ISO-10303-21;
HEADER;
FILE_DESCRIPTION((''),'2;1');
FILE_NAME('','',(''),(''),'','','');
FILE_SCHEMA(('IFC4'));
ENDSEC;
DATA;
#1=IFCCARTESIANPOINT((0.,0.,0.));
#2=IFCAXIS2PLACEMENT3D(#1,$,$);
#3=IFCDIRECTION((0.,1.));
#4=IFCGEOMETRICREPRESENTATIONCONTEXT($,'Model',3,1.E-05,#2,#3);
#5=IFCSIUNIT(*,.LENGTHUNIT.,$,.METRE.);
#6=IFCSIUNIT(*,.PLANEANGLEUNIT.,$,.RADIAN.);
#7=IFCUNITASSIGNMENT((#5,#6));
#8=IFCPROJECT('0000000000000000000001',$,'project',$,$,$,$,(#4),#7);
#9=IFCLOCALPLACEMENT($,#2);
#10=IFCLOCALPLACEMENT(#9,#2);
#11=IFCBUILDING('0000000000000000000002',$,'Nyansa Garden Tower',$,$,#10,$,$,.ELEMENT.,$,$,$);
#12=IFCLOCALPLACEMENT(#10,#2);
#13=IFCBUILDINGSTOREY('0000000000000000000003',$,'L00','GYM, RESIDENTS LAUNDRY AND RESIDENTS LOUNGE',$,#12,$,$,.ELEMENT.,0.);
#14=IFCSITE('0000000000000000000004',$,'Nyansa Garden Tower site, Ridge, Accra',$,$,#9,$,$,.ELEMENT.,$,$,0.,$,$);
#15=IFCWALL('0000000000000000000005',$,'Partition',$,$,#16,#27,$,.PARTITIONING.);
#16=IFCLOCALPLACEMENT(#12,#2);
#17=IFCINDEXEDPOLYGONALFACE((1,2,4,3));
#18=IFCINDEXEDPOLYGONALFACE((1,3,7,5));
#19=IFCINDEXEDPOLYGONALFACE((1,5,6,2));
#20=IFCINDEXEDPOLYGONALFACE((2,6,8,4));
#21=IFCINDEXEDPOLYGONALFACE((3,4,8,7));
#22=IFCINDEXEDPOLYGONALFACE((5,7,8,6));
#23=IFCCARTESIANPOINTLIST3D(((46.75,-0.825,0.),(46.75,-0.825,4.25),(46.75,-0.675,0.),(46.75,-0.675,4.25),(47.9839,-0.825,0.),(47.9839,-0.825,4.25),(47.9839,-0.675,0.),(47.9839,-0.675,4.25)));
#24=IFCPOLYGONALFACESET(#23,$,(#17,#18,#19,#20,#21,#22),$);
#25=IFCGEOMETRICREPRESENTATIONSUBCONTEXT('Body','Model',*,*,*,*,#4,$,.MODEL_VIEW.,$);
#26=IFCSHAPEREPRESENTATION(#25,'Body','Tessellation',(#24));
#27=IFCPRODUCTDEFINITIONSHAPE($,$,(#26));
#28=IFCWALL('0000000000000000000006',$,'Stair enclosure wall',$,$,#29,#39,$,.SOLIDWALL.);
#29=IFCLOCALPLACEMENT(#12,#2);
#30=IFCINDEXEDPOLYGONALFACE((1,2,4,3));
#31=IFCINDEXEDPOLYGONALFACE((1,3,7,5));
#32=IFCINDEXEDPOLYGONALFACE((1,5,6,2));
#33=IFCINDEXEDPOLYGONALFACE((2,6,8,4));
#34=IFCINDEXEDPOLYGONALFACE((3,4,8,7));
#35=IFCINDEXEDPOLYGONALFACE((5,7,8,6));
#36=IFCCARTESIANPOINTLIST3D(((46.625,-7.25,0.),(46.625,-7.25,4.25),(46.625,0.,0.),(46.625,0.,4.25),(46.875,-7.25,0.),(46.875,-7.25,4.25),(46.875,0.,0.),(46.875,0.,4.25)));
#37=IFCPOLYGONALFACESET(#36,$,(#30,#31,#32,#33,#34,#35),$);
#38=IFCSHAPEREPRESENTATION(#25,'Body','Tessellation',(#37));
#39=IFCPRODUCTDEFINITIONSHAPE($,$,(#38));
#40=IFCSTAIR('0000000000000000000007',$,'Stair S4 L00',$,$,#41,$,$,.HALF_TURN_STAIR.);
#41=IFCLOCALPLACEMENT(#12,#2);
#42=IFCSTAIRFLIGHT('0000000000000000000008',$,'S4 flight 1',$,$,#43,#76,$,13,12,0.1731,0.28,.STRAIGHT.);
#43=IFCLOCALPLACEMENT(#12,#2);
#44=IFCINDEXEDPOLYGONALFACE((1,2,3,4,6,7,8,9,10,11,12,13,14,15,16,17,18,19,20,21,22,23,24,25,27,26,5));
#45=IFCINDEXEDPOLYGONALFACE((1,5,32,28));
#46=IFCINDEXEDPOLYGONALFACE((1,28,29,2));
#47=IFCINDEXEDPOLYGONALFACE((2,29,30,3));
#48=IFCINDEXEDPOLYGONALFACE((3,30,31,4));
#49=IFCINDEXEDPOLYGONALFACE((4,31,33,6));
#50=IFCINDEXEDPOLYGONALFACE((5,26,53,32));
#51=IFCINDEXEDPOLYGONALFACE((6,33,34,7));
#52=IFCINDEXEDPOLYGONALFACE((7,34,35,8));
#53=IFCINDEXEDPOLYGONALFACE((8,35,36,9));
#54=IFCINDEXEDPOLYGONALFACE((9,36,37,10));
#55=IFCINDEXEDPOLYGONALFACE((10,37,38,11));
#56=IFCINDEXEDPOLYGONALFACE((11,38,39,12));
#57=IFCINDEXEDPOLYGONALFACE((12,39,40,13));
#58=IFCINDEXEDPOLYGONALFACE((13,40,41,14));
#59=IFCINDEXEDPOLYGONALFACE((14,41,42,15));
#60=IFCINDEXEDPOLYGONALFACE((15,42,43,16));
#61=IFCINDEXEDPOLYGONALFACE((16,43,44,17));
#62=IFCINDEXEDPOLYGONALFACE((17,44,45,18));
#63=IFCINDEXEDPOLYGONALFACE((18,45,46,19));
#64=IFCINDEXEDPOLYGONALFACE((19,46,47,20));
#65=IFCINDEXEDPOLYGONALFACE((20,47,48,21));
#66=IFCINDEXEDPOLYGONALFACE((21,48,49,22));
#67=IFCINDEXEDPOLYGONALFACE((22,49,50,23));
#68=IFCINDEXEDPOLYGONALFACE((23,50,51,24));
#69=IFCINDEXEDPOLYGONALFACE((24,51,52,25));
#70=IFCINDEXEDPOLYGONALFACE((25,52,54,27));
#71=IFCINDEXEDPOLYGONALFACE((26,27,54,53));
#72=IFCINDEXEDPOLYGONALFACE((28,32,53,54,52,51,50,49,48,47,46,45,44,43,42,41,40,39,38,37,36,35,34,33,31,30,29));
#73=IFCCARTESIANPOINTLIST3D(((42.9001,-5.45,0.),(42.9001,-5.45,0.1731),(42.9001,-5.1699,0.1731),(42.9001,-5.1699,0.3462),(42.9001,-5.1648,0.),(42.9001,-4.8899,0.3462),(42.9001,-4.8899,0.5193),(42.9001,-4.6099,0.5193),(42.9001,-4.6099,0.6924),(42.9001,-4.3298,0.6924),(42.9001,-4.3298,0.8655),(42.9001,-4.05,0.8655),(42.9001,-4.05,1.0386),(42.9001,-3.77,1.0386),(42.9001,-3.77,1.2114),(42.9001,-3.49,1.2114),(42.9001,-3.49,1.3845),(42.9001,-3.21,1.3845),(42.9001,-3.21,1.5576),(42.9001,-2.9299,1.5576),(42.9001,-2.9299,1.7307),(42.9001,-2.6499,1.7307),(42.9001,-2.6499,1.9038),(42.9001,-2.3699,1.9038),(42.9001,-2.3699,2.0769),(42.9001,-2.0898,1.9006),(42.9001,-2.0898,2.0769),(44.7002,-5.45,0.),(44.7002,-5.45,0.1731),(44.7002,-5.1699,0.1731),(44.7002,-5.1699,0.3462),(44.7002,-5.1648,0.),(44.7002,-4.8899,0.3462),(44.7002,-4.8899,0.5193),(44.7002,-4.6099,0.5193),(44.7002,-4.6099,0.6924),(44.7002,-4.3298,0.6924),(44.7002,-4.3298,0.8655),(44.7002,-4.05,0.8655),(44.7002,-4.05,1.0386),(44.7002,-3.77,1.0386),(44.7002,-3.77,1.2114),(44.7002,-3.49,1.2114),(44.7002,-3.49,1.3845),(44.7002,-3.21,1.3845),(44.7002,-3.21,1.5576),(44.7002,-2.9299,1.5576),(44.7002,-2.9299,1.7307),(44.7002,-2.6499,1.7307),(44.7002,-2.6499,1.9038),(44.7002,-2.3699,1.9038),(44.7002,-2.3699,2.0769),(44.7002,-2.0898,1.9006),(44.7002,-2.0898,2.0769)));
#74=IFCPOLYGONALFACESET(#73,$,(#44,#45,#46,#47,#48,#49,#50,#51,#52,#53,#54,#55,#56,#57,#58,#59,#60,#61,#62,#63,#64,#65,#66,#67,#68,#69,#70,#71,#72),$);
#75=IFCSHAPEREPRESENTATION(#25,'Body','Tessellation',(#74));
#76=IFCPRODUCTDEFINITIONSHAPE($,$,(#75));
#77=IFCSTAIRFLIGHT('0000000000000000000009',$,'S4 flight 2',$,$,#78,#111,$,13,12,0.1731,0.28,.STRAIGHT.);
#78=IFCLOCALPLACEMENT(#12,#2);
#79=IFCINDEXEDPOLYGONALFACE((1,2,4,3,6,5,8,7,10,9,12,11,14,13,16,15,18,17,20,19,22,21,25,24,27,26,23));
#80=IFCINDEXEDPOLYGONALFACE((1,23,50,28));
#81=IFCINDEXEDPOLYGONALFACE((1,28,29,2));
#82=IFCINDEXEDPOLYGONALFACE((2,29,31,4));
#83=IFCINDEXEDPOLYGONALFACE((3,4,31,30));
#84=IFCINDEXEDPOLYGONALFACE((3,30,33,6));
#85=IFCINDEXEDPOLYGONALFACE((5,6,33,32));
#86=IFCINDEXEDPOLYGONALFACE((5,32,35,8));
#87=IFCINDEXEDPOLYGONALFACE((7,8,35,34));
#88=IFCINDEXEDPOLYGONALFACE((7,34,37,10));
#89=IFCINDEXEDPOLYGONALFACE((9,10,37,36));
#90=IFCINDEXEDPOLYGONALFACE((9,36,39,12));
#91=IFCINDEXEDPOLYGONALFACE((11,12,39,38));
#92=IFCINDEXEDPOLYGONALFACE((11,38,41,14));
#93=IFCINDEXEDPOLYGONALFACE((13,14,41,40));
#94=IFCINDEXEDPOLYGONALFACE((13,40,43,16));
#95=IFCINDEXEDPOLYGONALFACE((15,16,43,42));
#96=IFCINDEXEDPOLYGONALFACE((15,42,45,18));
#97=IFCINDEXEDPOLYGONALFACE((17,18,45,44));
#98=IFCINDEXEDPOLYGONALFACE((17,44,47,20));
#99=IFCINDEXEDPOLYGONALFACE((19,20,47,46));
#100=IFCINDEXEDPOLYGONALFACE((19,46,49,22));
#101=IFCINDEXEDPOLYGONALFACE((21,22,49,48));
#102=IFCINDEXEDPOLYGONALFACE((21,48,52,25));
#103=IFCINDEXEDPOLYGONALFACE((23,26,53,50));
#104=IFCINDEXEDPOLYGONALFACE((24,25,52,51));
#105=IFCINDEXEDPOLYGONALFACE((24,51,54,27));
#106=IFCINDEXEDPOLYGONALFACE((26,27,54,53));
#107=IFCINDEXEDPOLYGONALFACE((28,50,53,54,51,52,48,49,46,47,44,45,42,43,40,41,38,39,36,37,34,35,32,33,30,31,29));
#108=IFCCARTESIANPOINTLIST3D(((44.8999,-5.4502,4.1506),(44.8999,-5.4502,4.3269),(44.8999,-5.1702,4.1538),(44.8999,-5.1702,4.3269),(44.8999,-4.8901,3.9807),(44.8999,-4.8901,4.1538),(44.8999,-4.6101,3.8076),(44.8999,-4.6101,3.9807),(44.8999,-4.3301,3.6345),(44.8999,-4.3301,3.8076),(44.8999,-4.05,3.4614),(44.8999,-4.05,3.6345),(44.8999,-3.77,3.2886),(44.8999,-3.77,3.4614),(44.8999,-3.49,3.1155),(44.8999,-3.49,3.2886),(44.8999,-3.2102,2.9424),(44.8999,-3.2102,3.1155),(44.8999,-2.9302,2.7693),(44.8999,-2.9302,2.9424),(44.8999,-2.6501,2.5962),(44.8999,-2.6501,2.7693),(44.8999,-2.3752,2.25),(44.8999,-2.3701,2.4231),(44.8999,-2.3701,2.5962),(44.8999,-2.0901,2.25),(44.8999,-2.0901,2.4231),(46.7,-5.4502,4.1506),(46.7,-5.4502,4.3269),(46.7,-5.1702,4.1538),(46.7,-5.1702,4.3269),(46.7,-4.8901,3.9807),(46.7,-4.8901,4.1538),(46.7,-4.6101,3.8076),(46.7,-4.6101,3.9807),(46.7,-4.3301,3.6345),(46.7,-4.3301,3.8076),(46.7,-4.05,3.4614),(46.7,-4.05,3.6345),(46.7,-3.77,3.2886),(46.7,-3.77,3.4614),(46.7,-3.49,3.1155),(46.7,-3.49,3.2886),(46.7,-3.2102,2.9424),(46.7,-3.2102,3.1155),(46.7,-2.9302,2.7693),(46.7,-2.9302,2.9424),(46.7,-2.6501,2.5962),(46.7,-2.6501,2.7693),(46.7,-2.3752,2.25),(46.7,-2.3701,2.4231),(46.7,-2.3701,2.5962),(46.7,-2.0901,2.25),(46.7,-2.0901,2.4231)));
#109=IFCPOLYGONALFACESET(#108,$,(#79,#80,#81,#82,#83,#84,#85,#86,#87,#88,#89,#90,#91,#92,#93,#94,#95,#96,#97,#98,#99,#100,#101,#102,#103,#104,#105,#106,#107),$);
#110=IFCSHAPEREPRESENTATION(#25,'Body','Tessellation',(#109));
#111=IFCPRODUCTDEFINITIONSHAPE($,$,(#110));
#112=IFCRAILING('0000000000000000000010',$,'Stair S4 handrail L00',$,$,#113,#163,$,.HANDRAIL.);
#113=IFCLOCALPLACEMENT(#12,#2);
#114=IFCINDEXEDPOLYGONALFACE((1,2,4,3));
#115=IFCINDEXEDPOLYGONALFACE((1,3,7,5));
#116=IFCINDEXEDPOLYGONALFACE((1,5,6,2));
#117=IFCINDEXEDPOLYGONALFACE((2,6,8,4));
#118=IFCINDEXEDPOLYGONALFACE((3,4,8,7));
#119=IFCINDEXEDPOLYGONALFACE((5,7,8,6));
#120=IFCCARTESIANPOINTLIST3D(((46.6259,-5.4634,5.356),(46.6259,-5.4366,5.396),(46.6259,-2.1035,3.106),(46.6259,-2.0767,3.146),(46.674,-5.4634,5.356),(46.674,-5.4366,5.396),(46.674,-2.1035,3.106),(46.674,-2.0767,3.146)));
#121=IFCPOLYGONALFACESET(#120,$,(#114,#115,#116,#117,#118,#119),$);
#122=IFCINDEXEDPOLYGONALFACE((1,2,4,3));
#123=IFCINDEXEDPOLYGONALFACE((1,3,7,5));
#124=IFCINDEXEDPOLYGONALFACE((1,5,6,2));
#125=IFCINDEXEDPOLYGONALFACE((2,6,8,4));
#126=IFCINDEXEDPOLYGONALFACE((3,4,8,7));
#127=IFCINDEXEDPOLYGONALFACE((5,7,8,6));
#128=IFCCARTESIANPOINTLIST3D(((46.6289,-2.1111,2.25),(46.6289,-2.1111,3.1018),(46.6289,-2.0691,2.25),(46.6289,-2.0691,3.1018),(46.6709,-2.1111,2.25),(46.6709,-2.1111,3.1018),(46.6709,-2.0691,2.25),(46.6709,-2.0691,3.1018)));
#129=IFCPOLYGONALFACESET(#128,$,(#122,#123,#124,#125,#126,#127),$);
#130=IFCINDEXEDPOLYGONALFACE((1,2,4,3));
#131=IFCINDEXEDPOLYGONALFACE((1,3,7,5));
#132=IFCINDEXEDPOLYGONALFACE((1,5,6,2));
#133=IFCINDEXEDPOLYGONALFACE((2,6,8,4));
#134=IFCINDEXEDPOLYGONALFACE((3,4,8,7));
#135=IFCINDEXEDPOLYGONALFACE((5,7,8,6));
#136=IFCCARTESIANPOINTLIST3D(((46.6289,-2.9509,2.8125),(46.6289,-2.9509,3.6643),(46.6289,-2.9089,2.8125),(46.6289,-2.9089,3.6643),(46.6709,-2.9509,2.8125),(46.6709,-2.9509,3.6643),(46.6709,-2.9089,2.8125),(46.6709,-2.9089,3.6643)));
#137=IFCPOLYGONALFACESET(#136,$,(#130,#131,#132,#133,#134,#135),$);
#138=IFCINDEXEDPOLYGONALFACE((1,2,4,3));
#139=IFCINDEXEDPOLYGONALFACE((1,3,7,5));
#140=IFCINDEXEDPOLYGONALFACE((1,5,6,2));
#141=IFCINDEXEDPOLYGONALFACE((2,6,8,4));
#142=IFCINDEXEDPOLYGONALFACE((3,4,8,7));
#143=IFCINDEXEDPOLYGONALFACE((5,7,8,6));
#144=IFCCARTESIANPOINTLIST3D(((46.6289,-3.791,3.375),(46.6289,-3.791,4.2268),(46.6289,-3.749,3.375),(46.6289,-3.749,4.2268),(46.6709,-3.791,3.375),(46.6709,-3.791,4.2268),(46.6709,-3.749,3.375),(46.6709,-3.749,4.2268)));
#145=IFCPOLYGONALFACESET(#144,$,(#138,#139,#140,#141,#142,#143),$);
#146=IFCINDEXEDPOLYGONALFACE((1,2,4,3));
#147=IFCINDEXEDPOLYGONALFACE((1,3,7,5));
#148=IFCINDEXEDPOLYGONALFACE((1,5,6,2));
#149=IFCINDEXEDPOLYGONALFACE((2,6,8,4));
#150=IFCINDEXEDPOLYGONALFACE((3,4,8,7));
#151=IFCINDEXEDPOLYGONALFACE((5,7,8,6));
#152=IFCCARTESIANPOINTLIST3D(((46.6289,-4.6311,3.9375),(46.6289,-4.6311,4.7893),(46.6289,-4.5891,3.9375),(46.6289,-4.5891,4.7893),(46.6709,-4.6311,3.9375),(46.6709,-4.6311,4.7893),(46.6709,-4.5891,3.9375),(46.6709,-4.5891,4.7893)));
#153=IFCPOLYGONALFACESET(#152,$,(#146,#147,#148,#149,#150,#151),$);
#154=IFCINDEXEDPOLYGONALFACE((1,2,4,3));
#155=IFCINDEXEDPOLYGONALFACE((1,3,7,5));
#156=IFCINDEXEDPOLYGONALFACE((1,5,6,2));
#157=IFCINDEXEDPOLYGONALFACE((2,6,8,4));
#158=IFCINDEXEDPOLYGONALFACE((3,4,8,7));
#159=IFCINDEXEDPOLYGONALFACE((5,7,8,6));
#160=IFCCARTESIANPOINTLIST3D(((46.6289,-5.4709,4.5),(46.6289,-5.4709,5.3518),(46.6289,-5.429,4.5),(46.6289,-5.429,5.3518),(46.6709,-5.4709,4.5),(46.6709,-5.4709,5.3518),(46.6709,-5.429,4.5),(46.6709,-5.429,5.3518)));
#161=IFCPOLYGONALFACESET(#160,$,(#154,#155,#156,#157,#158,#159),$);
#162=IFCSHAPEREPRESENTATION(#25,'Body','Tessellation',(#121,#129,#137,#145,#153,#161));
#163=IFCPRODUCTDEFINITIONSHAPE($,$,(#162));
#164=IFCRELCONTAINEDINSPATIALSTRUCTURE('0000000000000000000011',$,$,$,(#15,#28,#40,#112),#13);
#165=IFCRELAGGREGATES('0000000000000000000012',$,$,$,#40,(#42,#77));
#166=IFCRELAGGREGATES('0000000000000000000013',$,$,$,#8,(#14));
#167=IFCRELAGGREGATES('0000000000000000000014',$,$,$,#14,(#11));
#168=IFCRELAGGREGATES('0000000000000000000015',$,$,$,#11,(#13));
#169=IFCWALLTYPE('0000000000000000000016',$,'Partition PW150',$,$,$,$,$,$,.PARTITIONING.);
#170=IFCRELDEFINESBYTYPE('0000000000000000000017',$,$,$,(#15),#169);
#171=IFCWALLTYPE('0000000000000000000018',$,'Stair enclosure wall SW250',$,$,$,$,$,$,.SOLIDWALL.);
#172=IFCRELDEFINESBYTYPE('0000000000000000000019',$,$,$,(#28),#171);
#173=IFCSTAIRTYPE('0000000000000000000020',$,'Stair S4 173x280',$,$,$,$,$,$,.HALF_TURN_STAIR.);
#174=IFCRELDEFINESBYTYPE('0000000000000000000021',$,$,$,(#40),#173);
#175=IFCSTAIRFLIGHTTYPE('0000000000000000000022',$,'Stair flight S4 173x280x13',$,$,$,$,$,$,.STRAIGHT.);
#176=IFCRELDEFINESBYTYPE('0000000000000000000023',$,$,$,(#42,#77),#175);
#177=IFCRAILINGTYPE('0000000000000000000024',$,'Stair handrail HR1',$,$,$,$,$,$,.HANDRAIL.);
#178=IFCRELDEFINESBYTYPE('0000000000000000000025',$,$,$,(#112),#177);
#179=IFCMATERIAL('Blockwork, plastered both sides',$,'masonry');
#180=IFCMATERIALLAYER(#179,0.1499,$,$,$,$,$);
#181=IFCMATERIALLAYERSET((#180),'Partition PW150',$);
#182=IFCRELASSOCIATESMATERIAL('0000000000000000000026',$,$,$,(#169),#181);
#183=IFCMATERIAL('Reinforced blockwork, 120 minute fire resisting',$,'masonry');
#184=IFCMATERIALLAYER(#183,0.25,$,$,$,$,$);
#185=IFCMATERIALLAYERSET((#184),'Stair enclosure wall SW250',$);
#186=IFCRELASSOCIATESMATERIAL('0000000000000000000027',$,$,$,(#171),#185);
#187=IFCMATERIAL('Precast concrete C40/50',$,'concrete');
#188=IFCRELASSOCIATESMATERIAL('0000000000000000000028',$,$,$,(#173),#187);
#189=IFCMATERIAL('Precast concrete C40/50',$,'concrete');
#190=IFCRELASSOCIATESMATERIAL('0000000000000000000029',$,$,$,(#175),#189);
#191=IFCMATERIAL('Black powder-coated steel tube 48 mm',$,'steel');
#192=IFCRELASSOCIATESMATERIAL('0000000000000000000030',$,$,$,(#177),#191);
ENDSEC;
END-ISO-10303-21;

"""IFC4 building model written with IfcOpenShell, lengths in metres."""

from ifc_helpers import new_model, si_unit, direction, frame, frame_2d, origin, origin_2d, place, context, subcontext, project, spatial, polyline, rectangle, outline, extrude, material, layer, layer_set, type_object, element, aggregate, save


model = new_model("IFC4")

# Units and contexts
model_context = context("Model", 3, precision=1e-05, world=origin(), true_north=direction((0.0, 1.0)))
body_context = subcontext(model_context, "Body", "Model", "MODEL_VIEW")
ifc_project = project(units=[si_unit("LENGTHUNIT", "METRE"), si_unit("PLANEANGLEUNIT", "RADIAN")], contexts=[model_context])

# Site, building, storey
site_placement = place(None, origin())
site = spatial("IfcSite", under=ifc_project, at=site_placement, Name="Nyansa Garden Tower site, Ridge, Accra", CompositionType="ELEMENT", RefElevation=0.0)
building_placement = place(site_placement, origin())
building = spatial("IfcBuilding", under=site, at=building_placement, Name="Nyansa Garden Tower", CompositionType="ELEMENT")
storey_placement = place(building_placement, origin())
storey = spatial("IfcBuildingStorey", under=building, at=storey_placement, Name="L00", Description="GYM, RESIDENTS LAUNDRY AND RESIDENTS LOUNGE", CompositionType="ELEMENT", Elevation=0.0)

# Walls
ifc_material_1 = material(Name="Blockwork, plastered both sides", Category="masonry")
ifc_layer_1 = layer(ifc_material_1, 0.1499)
ifc_layer_set_1 = layer_set([ifc_layer_1], Name="Partition PW150")
wall_type_1 = type_object("IfcWallType", Name="Partition PW150", PredefinedType="PARTITIONING", material=ifc_layer_set_1)
wall_1_placement = place(storey_placement, frame((46.75, -0.75, 0.0), z_axis=(0.0, 0.0, 1.0), x_axis=(1.0, 0.0, 0.0)))
element("IfcWall", 1, at=wall_1_placement, inside=storey, type_object=wall_type_1, Name="Partition", PredefinedType="PARTITIONING", context=body_context, shape_type="SweptSolid", body=[
    extrude(rectangle(XDim=1.2339, YDim=0.1499, at=frame_2d((0.6169, 0.0))), origin(), (0.0, 0.0, 1.0), 4.25),
])
ifc_material_2 = material(Name="Reinforced blockwork, 120 minute fire resisting", Category="masonry")
ifc_layer_2 = layer(ifc_material_2, 0.25)
ifc_layer_set_2 = layer_set([ifc_layer_2], Name="Stair enclosure wall SW250")
wall_type_2 = type_object("IfcWallType", Name="Stair enclosure wall SW250", PredefinedType="SOLIDWALL", material=ifc_layer_set_2)
wall_2_placement = place(storey_placement, frame((46.75, -7.25, 0.0), z_axis=(0.0, 0.0, 1.0), x_axis=(0.0, 1.0, 0.0)))
element("IfcWall", 2, at=wall_2_placement, inside=storey, type_object=wall_type_2, Name="Stair enclosure wall", PredefinedType="SOLIDWALL", context=body_context, shape_type="SweptSolid", body=[
    extrude(rectangle(XDim=7.25, YDim=0.25, at=frame_2d((3.625, 0.0))), origin(), (0.0, 0.0, 1.0), 4.25),
])

# Stair, stair flights
ifc_material_3 = material(Name="Precast concrete C40/50", Category="concrete")
stair_type = type_object("IfcStairType", Name="Stair S4 173x280", PredefinedType="HALF_TURN_STAIR", material=ifc_material_3)
stair_placement = place(storey_placement, origin())
stair = element("IfcStair", 3, at=stair_placement, inside=storey, type_object=stair_type, Name="Stair S4 L00", PredefinedType="HALF_TURN_STAIR")
ifc_material_4 = material(Name="Precast concrete C40/50", Category="concrete")
stair_flight_type = type_object("IfcStairFlightType", Name="Stair flight S4 173x280x13", PredefinedType="STRAIGHT", material=ifc_material_4)
stair_flight_1_placement = place(storey_placement, frame((43.8, -5.45, 0.0), z_axis=(0.0, 0.0, 1.0), x_axis=(0.0, 1.0, 0.0)))
stair_flight_1 = element("IfcStairFlight", 4, at=stair_flight_1_placement, type_object=stair_flight_type, Name="S4 flight 1", NumberOfRisers=13, NumberOfTreads=12, PredefinedType="STRAIGHT", RiserHeight=0.1731, TreadLength=0.28, context=body_context, shape_type="SweptSolid", body=[
    extrude(outline(polyline([(0.0, 0.0), (0.0, 0.1731), (0.28, 0.1731), (0.28, 0.3462), (0.5601, 0.3462), (0.5601, 0.5193), (0.8401, 0.5193), (0.8401, 0.6924), (1.1201, 0.6924), (1.1201, 0.8655), (1.3999, 0.8655), (1.3999, 1.0386), (1.6799, 1.0386), (1.6799, 1.2114), (1.96, 1.2114), (1.96, 1.3845), (2.24, 1.3845), (2.24, 1.5576), (2.52, 1.5576), (2.52, 1.7307), (2.8, 1.7307), (2.8, 1.9038), (3.0801, 1.9038), (3.0801, 2.0769), (3.3601, 2.0769), (3.3601, 2.25), (3.3601, 1.9006), (0.2852, 0.0), (0.0, 0.0)])), frame((0.0, 0.8999, 0.0), z_axis=(0.0, -1.0, 0.0), x_axis=(1.0, 0.0, 0.0)), (0.0, 0.0, 1.0), 1.8),
])
stair_flight_2_placement = place(storey_placement, frame((45.8, -2.0901, 2.25), z_axis=(0.0, 0.0, 1.0), x_axis=(0.0, -1.0, 0.0)))
stair_flight_2 = element("IfcStairFlight", 5, at=stair_flight_2_placement, type_object=stair_flight_type, Name="S4 flight 2", NumberOfRisers=13, NumberOfTreads=12, PredefinedType="STRAIGHT", RiserHeight=0.1731, TreadLength=0.28, context=body_context, shape_type="SweptSolid", body=[
    extrude(outline(polyline([(0.0, 0.0), (0.0, 0.1731), (0.28, 0.1731), (0.28, 0.3462), (0.5601, 0.3462), (0.5601, 0.5193), (0.8401, 0.5193), (0.8401, 0.6924), (1.1201, 0.6924), (1.1201, 0.8655), (1.3999, 0.8655), (1.3999, 1.0386), (1.6799, 1.0386), (1.6799, 1.2114), (1.96, 1.2114), (1.96, 1.3845), (2.24, 1.3845), (2.24, 1.5576), (2.52, 1.5576), (2.52, 1.7307), (2.8, 1.7307), (2.8, 1.9038), (3.0801, 1.9038), (3.0801, 2.0769), (3.3601, 2.0769), (3.3601, 2.25), (3.3601, 1.9006), (0.2852, 0.0), (0.0, 0.0)])), frame((0.0, 0.8999, 0.0), z_axis=(0.0, -1.0, 0.0), x_axis=(1.0, 0.0, 0.0)), (0.0, 0.0, 1.0), 1.8),
])
aggregate(stair, [stair_flight_1, stair_flight_2])

# Railing
ifc_material_5 = material(Name="Black powder-coated steel tube 48 mm", Category="steel")
railing_type = type_object("IfcRailingType", Name="Stair handrail HR1", PredefinedType="HANDRAIL", material=ifc_material_5)
railing_placement = place(storey_placement, frame((46.6499, -2.0901, 2.25)))
element("IfcRailing", 6, at=railing_placement, inside=storey, type_object=railing_type, Name="Stair S4 handrail L00", PredefinedType="HANDRAIL", context=body_context, shape_type="SweptSolid", body=[
    extrude(rectangle(XDim=0.0481, YDim=0.0481, at=origin_2d()), frame((0.0, 0.0, 0.876), z_axis=(0.0, -0.830897, 0.556427), x_axis=(1.0, 0.0, 0.0)), (0.0, 0.0, 1.0), 4.0437),
    extrude(rectangle(XDim=0.042, YDim=0.042, at=origin_2d()), origin(), (0.0, 0.0, 1.0), 0.8518),
    extrude(rectangle(XDim=0.042, YDim=0.042, at=origin_2d()), frame((0.0, -0.8398, 0.5625)), (0.0, 0.0, 1.0), 0.8518),
    extrude(rectangle(XDim=0.042, YDim=0.042, at=origin_2d()), frame((0.0, -1.6799, 1.125)), (0.0, 0.0, 1.0), 0.8518),
    extrude(rectangle(XDim=0.042, YDim=0.042, at=origin_2d()), frame((0.0, -2.52, 1.6875)), (0.0, 0.0, 1.0), 0.8518),
    extrude(rectangle(XDim=0.042, YDim=0.042, at=origin_2d()), frame((0.0, -3.3599, 2.25)), (0.0, 0.0, 1.0), 0.8518),
])

save(model, "model.ifc")
